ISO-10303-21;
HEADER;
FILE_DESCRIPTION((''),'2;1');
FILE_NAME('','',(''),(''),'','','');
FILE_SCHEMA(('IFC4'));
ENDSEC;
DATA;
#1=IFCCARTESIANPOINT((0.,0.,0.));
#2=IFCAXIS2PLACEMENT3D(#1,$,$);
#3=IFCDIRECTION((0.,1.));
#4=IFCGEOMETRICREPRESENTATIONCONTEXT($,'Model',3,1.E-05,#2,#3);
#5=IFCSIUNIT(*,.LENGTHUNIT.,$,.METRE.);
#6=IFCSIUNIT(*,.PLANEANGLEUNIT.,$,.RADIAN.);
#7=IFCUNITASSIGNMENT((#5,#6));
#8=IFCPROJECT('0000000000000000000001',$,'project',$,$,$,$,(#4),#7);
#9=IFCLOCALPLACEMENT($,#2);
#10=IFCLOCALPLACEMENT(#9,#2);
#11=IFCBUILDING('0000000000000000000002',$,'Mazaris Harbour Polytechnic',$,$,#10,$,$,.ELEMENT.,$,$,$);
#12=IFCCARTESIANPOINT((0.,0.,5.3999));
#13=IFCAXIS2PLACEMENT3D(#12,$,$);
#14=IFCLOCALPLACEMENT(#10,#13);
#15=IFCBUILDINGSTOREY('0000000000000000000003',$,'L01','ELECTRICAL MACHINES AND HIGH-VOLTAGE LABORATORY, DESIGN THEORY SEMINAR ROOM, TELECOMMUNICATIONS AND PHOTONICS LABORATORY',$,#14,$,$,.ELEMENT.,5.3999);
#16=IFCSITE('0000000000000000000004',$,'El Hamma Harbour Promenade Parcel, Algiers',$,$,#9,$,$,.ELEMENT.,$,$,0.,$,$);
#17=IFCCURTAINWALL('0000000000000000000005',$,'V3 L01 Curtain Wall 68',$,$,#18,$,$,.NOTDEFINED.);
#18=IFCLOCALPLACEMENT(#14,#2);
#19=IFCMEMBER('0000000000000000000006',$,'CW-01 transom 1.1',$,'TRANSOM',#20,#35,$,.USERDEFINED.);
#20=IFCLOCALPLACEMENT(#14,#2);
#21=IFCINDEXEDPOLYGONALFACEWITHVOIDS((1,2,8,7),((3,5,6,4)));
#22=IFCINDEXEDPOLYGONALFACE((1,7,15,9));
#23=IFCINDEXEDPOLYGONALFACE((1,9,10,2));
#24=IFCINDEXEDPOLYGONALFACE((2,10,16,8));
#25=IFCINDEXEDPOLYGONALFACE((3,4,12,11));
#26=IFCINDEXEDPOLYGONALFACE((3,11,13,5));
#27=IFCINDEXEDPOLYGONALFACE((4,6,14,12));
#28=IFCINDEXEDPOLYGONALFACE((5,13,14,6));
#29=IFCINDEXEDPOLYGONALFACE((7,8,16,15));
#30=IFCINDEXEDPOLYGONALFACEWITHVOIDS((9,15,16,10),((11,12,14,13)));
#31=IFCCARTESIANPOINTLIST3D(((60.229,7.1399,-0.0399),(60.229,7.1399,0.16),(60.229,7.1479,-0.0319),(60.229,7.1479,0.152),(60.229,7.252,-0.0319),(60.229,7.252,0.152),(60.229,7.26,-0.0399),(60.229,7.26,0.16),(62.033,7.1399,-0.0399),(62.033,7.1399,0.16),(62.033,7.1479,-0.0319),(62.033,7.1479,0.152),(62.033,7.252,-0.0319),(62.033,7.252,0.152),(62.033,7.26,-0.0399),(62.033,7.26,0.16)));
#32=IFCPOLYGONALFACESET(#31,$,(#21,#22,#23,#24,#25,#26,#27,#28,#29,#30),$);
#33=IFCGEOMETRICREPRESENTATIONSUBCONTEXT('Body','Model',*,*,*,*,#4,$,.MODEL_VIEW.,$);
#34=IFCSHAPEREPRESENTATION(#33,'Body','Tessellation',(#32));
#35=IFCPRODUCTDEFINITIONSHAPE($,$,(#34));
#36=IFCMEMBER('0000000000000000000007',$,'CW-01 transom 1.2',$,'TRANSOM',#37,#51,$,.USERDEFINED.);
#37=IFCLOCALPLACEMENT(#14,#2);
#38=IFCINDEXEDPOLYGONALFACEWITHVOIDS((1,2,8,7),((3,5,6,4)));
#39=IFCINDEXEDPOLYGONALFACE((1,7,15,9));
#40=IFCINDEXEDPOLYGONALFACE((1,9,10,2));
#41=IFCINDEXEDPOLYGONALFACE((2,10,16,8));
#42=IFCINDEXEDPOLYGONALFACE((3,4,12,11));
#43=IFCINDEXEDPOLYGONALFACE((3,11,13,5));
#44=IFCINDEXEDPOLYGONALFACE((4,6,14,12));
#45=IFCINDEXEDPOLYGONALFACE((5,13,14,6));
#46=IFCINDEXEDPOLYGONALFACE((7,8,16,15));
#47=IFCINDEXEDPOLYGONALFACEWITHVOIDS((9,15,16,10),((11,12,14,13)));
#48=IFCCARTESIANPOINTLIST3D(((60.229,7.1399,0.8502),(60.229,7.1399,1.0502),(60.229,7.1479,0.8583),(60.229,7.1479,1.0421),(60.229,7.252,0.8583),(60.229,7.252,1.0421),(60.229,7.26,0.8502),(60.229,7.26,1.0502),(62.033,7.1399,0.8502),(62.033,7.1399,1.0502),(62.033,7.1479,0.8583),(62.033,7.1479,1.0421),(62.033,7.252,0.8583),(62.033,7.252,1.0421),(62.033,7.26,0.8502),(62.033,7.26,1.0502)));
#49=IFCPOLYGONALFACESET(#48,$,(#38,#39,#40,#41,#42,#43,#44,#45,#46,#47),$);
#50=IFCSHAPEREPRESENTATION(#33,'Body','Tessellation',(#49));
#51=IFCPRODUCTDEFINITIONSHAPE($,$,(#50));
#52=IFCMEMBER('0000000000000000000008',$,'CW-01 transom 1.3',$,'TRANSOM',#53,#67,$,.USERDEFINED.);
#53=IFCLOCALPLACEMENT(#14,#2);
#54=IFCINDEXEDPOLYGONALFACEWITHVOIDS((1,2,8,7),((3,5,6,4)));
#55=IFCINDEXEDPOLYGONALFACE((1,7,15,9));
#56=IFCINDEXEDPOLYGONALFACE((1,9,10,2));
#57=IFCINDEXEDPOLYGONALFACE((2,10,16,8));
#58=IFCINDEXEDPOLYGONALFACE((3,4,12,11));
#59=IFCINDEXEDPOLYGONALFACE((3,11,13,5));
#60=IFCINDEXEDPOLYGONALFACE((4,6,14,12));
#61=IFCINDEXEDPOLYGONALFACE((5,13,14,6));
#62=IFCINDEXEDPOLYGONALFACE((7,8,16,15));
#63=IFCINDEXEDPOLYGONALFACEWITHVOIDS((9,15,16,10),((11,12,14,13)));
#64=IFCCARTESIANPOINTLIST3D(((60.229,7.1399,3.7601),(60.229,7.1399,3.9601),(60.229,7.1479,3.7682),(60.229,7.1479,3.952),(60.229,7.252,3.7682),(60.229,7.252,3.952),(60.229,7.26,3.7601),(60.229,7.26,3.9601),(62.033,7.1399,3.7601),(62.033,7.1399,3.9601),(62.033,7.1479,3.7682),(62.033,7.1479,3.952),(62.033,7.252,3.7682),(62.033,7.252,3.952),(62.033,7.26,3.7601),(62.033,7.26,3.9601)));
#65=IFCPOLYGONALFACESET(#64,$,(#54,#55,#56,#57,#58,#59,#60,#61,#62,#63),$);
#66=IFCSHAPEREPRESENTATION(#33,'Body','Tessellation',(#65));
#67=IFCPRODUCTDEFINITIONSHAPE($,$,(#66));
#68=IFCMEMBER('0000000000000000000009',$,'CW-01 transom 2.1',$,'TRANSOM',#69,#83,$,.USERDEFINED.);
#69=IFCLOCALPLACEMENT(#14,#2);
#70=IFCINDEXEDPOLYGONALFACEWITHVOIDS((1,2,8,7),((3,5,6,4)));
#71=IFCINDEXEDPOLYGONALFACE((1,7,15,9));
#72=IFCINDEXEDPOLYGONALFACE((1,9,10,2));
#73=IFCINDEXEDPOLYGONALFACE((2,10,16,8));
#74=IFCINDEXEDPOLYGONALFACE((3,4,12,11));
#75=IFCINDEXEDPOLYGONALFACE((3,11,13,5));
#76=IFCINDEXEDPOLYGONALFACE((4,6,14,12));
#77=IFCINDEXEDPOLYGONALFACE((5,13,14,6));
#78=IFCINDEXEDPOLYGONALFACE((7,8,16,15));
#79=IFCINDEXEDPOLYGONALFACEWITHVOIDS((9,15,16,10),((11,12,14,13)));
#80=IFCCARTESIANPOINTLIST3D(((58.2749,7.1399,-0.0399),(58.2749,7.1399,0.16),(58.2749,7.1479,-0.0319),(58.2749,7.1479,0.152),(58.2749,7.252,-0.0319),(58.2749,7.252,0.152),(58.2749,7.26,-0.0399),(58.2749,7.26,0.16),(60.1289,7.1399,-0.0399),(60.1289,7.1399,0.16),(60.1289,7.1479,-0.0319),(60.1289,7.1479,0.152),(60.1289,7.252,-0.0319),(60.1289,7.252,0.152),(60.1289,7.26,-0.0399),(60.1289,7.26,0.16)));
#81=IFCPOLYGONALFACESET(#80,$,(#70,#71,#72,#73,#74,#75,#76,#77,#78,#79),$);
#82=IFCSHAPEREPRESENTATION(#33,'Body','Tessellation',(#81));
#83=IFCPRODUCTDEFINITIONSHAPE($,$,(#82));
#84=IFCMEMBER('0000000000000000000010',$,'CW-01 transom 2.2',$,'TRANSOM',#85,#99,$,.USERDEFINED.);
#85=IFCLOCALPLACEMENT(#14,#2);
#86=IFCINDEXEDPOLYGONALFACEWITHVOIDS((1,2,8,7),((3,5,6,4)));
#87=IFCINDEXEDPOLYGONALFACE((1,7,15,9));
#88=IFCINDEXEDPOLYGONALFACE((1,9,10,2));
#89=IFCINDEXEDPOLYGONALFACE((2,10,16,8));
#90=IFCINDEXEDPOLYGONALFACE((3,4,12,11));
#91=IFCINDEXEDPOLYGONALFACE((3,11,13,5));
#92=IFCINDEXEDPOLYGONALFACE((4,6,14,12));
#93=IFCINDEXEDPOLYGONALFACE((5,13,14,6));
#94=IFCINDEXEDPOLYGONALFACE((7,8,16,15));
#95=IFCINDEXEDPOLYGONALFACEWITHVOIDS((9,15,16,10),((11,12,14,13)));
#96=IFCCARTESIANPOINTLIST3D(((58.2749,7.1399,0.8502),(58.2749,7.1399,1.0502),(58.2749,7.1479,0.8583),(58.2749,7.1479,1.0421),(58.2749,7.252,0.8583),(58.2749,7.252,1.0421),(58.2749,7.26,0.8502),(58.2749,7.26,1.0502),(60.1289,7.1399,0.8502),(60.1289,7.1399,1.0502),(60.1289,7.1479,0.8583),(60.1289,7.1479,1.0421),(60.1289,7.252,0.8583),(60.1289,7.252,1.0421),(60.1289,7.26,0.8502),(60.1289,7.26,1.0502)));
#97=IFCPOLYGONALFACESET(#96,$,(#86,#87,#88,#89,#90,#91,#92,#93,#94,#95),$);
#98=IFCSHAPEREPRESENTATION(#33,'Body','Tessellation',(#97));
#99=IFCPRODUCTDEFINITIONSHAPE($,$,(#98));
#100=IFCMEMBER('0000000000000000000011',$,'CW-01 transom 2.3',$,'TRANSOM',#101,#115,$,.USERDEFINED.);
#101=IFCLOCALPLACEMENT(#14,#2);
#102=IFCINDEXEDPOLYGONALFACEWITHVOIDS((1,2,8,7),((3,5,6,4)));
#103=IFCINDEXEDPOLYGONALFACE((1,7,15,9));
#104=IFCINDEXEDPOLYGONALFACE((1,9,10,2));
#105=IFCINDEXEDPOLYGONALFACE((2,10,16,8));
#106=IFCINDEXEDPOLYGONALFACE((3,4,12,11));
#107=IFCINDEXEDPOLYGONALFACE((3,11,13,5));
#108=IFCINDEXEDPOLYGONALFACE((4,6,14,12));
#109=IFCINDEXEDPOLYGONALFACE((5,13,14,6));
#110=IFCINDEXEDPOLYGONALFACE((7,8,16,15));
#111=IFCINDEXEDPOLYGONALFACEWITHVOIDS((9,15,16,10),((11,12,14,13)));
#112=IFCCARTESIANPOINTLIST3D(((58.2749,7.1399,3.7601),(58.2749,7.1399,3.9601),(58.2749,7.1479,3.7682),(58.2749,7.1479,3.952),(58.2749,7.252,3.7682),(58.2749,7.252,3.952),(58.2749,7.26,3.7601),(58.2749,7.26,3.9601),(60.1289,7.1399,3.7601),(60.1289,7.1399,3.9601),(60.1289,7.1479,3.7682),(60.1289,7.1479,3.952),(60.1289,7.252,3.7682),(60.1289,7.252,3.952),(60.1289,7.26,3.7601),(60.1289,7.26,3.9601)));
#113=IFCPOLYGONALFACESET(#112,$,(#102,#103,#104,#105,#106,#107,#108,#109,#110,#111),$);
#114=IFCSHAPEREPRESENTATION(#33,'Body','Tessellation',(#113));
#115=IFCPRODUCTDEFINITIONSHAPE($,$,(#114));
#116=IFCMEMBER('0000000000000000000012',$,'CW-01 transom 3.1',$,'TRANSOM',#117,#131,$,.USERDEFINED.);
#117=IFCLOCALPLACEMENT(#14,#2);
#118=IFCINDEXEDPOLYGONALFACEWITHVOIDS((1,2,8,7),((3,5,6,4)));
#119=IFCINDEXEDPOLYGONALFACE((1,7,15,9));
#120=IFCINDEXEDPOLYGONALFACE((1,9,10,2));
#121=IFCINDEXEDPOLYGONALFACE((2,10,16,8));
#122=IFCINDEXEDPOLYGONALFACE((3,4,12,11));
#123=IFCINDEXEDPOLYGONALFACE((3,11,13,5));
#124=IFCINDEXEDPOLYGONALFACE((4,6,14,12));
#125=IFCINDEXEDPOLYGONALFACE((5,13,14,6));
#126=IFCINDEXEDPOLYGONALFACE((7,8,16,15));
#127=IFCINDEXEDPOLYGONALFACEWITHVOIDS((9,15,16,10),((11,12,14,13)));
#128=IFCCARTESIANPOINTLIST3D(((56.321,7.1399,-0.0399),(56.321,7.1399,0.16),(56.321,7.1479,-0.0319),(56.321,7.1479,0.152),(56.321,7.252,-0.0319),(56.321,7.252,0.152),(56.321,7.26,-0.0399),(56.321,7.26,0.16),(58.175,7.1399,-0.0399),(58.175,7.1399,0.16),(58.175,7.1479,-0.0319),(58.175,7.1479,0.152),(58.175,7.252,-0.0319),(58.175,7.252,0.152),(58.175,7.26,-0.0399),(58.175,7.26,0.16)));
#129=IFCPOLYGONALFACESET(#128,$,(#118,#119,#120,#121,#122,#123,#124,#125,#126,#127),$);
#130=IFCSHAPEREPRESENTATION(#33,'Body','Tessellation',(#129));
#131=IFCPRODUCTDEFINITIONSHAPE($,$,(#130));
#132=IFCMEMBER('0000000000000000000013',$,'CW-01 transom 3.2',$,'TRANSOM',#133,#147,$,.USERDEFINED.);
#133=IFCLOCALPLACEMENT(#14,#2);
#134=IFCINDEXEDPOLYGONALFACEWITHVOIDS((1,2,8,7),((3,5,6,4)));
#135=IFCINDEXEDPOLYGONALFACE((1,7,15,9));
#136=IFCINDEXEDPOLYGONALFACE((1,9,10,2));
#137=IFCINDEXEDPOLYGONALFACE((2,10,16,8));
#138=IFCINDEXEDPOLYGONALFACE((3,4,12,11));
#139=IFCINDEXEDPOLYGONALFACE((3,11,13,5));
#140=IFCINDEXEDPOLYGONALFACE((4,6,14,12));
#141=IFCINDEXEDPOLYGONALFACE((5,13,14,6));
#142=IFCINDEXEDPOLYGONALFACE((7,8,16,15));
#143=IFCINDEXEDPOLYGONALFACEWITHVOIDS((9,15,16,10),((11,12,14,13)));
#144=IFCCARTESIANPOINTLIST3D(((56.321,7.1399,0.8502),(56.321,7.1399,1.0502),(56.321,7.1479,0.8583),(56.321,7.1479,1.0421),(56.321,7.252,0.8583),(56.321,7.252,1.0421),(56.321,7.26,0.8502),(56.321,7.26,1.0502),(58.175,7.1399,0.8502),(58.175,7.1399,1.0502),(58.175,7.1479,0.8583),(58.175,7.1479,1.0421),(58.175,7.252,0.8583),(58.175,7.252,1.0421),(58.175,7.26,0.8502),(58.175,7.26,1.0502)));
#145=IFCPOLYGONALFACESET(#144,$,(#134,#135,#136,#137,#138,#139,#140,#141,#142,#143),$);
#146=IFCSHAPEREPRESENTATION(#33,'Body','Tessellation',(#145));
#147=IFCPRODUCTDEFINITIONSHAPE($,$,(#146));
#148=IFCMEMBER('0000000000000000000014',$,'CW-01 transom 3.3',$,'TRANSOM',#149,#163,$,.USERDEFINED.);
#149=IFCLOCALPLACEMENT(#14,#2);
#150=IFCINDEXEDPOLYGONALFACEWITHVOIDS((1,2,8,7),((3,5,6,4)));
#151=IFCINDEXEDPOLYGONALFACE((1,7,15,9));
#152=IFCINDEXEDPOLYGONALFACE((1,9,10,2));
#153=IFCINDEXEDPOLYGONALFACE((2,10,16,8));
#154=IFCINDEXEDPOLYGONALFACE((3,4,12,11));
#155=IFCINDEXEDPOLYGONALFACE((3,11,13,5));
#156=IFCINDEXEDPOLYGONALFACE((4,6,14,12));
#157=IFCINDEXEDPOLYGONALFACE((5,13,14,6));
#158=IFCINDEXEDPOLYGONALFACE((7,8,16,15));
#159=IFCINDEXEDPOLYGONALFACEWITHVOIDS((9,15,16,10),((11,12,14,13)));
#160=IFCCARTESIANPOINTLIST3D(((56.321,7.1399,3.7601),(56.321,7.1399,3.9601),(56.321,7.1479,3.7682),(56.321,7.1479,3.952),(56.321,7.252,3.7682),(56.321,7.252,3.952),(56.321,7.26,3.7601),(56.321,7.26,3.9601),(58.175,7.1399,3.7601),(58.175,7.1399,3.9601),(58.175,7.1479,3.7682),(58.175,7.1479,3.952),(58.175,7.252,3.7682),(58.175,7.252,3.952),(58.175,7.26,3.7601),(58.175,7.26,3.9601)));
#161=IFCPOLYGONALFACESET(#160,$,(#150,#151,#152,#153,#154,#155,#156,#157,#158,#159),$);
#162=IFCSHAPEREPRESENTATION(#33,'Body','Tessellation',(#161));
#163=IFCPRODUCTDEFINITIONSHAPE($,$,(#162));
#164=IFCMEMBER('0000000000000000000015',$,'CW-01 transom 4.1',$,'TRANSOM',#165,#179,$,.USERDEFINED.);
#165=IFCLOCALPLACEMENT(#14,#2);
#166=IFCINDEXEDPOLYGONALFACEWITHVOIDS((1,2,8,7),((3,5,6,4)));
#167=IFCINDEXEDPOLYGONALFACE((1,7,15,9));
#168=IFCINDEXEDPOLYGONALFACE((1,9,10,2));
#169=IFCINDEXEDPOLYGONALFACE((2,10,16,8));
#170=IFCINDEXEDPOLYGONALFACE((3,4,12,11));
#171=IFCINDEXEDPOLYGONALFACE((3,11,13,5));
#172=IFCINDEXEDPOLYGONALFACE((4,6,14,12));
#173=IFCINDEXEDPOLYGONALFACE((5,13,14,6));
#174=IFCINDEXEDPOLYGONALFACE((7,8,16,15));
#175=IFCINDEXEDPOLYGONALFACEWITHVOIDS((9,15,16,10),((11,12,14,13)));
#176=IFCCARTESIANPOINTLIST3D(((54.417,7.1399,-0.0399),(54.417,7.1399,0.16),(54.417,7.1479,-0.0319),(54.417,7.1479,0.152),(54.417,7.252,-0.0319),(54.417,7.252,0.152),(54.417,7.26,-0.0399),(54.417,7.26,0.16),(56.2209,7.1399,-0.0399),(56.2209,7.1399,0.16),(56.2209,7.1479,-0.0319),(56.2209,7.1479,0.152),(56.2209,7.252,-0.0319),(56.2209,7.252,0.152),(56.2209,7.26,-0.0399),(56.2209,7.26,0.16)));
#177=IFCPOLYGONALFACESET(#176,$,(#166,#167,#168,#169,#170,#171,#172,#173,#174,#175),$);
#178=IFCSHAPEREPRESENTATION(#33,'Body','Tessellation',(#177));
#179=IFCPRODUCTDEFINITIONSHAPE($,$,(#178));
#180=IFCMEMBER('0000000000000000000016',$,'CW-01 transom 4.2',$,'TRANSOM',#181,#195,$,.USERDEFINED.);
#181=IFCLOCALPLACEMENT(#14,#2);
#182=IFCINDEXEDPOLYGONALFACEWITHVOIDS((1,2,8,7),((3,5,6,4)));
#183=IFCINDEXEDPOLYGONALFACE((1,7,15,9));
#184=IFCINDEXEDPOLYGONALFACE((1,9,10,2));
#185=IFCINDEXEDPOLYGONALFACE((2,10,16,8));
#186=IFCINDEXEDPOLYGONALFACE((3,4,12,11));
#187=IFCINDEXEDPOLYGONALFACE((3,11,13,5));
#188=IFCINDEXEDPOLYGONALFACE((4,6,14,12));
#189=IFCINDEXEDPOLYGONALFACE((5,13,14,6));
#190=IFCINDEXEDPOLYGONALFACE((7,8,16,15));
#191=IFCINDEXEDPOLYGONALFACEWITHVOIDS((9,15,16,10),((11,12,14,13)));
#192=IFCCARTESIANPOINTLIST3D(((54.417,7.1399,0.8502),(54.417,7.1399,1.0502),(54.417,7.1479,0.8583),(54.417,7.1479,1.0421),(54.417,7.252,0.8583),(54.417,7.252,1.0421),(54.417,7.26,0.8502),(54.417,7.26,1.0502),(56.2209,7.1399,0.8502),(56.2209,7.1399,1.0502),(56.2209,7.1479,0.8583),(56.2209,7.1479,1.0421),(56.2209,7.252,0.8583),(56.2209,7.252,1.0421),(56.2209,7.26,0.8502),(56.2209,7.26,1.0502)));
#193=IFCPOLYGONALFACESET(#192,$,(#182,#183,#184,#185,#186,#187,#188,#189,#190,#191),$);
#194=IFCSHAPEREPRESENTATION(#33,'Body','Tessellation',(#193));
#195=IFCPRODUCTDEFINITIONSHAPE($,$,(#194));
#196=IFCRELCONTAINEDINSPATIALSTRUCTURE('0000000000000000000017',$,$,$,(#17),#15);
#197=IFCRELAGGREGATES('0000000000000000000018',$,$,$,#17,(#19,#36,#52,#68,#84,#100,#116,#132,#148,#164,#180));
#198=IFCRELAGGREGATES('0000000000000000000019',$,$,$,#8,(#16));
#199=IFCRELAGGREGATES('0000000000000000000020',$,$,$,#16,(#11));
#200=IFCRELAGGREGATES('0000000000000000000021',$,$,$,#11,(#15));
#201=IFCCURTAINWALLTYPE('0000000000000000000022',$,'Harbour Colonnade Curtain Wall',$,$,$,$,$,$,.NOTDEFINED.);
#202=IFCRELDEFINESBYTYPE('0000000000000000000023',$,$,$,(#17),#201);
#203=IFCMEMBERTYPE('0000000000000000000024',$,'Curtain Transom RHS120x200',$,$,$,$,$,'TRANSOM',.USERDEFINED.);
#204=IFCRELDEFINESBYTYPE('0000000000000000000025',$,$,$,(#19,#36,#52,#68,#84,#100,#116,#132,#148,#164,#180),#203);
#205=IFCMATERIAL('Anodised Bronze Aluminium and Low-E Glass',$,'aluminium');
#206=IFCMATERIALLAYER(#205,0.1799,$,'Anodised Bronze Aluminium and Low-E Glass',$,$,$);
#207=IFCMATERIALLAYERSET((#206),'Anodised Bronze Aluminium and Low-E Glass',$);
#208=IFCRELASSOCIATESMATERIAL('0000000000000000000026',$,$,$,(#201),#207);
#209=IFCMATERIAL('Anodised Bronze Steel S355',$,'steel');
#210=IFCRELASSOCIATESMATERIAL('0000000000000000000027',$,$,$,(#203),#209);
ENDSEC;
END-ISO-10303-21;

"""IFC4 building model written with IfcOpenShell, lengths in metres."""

from ifc_helpers import new_model, si_unit, direction, frame, origin, origin_2d, place, context, subcontext, project, spatial, hollow_rectangle, extrude, material, layer, layer_set, material_profile, profile_set, type_object, element, aggregate, save


model = new_model("IFC4")

# Units and contexts
model_context = context("Model", 3, precision=1e-05, world=origin(), true_north=direction((0.0, 1.0)))
body_context = subcontext(model_context, "Body", "Model", "MODEL_VIEW")
ifc_project = project(units=[si_unit("LENGTHUNIT", "METRE"), si_unit("PLANEANGLEUNIT", "RADIAN")], contexts=[model_context])

# Site, building, storey
site_placement = place(None, origin())
site = spatial("IfcSite", under=ifc_project, at=site_placement, Name="El Hamma Harbour Promenade Parcel, Algiers", CompositionType="ELEMENT", RefElevation=0.0)
building_placement = place(site_placement, origin())
building = spatial("IfcBuilding", under=site, at=building_placement, Name="Mazaris Harbour Polytechnic", CompositionType="ELEMENT")
storey_placement = place(building_placement, frame((0.0, 0.0, 5.3999)))
storey = spatial("IfcBuildingStorey", under=building, at=storey_placement, Name="L01", Description="ELECTRICAL MACHINES AND HIGH-VOLTAGE LABORATORY, DESIGN THEORY SEMINAR ROOM, TELECOMMUNICATIONS AND PHOTONICS LABORATORY", CompositionType="ELEMENT", Elevation=5.3999)

# Curtain wall, members
ifc_material_1 = material(Name="Anodised Bronze Aluminium and Low-E Glass", Category="aluminium")
ifc_layer_1 = layer(ifc_material_1, 0.1799, Name="Anodised Bronze Aluminium and Low-E Glass")
ifc_layer_set_1 = layer_set([ifc_layer_1], Name="Anodised Bronze Aluminium and Low-E Glass")
curtain_wall_type = type_object("IfcCurtainWallType", Name="Harbour Colonnade Curtain Wall", PredefinedType="NOTDEFINED", material=ifc_layer_set_1)
curtain_wall_placement = place(storey_placement, origin())
curtain_wall = element("IfcCurtainWall", 1, at=curtain_wall_placement, inside=storey, type_object=curtain_wall_type, Name="V3 L01 Curtain Wall 68", PredefinedType="NOTDEFINED")
ifc_material_2 = material(Name="Anodised Bronze Steel S355", Category="steel")
ifc_material_profile_1 = material_profile(ifc_material_2, hollow_rectangle(XDim=0.1201, YDim=0.2, WallThickness=0.0081, at=origin_2d()), Name="RHS 120x200x8.0")
ifc_profile_set_1 = profile_set([ifc_material_profile_1], Name="Anodised Bronze Steel S355")
member_type_1 = type_object("IfcMemberType", Name="Curtain Transom RHS120x200", ElementType="TRANSOM", PredefinedType="USERDEFINED", material=ifc_profile_set_1)
member_1_placement = place(storey_placement, frame((62.033, 7.2, 0.0601), z_axis=(-1.0, 0.0, 0.0), x_axis=(0.0, -1.0, 0.0)))
member_1 = element("IfcMember", 2, at=member_1_placement, type_object=member_type_1, Name="CW-01 transom 1.1", ObjectType="TRANSOM", PredefinedType="USERDEFINED", context=body_context, shape_type="SweptSolid", body=[
    extrude(hollow_rectangle(XDim=0.1201, YDim=0.2, WallThickness=0.0081, at=origin_2d()), origin(), (0.0, 0.0, 1.0), 1.804),
])
member_2_placement = place(storey_placement, frame((62.033, 7.2, 0.9502), z_axis=(-1.0, 0.0, 0.0), x_axis=(0.0, -1.0, 0.0)))
member_2 = element("IfcMember", 3, at=member_2_placement, type_object=member_type_1, Name="CW-01 transom 1.2", ObjectType="TRANSOM", PredefinedType="USERDEFINED", context=body_context, shape_type="SweptSolid", body=[
    extrude(hollow_rectangle(XDim=0.1201, YDim=0.2, WallThickness=0.0081, at=origin_2d()), origin(), (0.0, 0.0, 1.0), 1.804),
])
member_3_placement = place(storey_placement, frame((62.033, 7.2, 3.8601), z_axis=(-1.0, 0.0, 0.0), x_axis=(0.0, -1.0, 0.0)))
member_3 = element("IfcMember", 4, at=member_3_placement, type_object=member_type_1, Name="CW-01 transom 1.3", ObjectType="TRANSOM", PredefinedType="USERDEFINED", context=body_context, shape_type="SweptSolid", body=[
    extrude(hollow_rectangle(XDim=0.1201, YDim=0.2, WallThickness=0.0081, at=origin_2d()), origin(), (0.0, 0.0, 1.0), 1.804),
])
member_4_placement = place(storey_placement, frame((60.1289, 7.2, 0.0601), z_axis=(-1.0, 0.0, 0.0), x_axis=(0.0, -1.0, 0.0)))
member_4 = element("IfcMember", 5, at=member_4_placement, type_object=member_type_1, Name="CW-01 transom 2.1", ObjectType="TRANSOM", PredefinedType="USERDEFINED", context=body_context, shape_type="SweptSolid", body=[
    extrude(hollow_rectangle(XDim=0.1201, YDim=0.2, WallThickness=0.0081, at=origin_2d()), origin(), (0.0, 0.0, 1.0), 1.854),
])
member_5_placement = place(storey_placement, frame((60.1289, 7.2, 0.9502), z_axis=(-1.0, 0.0, 0.0), x_axis=(0.0, -1.0, 0.0)))
member_5 = element("IfcMember", 6, at=member_5_placement, type_object=member_type_1, Name="CW-01 transom 2.2", ObjectType="TRANSOM", PredefinedType="USERDEFINED", context=body_context, shape_type="SweptSolid", body=[
    extrude(hollow_rectangle(XDim=0.1201, YDim=0.2, WallThickness=0.0081, at=origin_2d()), origin(), (0.0, 0.0, 1.0), 1.854),
])
member_6_placement = place(storey_placement, frame((60.1289, 7.2, 3.8601), z_axis=(-1.0, 0.0, 0.0), x_axis=(0.0, -1.0, 0.0)))
member_6 = element("IfcMember", 7, at=member_6_placement, type_object=member_type_1, Name="CW-01 transom 2.3", ObjectType="TRANSOM", PredefinedType="USERDEFINED", context=body_context, shape_type="SweptSolid", body=[
    extrude(hollow_rectangle(XDim=0.1201, YDim=0.2, WallThickness=0.0081, at=origin_2d()), origin(), (0.0, 0.0, 1.0), 1.854),
])
member_7_placement = place(storey_placement, frame((58.175, 7.2, 0.0601), z_axis=(-1.0, 0.0, 0.0), x_axis=(0.0, -1.0, 0.0)))
member_7 = element("IfcMember", 8, at=member_7_placement, type_object=member_type_1, Name="CW-01 transom 3.1", ObjectType="TRANSOM", PredefinedType="USERDEFINED", context=body_context, shape_type="SweptSolid", body=[
    extrude(hollow_rectangle(XDim=0.1201, YDim=0.2, WallThickness=0.0081, at=origin_2d()), origin(), (0.0, 0.0, 1.0), 1.854),
])
member_8_placement = place(storey_placement, frame((58.175, 7.2, 0.9502), z_axis=(-1.0, 0.0, 0.0), x_axis=(0.0, -1.0, 0.0)))
member_8 = element("IfcMember", 9, at=member_8_placement, type_object=member_type_1, Name="CW-01 transom 3.2", ObjectType="TRANSOM", PredefinedType="USERDEFINED", context=body_context, shape_type="SweptSolid", body=[
    extrude(hollow_rectangle(XDim=0.1201, YDim=0.2, WallThickness=0.0081, at=origin_2d()), origin(), (0.0, 0.0, 1.0), 1.854),
])
member_9_placement = place(storey_placement, frame((58.175, 7.2, 3.8601), z_axis=(-1.0, 0.0, 0.0), x_axis=(0.0, -1.0, 0.0)))
member_9 = element("IfcMember", 10, at=member_9_placement, type_object=member_type_1, Name="CW-01 transom 3.3", ObjectType="TRANSOM", PredefinedType="USERDEFINED", context=body_context, shape_type="SweptSolid", body=[
    extrude(hollow_rectangle(XDim=0.1201, YDim=0.2, WallThickness=0.0081, at=origin_2d()), origin(), (0.0, 0.0, 1.0), 1.854),
])
member_10_placement = place(storey_placement, frame((56.2209, 7.2, 0.0601), z_axis=(-1.0, 0.0, 0.0), x_axis=(0.0, -1.0, 0.0)))
member_10 = element("IfcMember", 11, at=member_10_placement, type_object=member_type_1, Name="CW-01 transom 4.1", ObjectType="TRANSOM", PredefinedType="USERDEFINED", context=body_context, shape_type="SweptSolid", body=[
    extrude(hollow_rectangle(XDim=0.1201, YDim=0.2, WallThickness=0.0081, at=origin_2d()), origin(), (0.0, 0.0, 1.0), 1.804),
])
member_11_placement = place(storey_placement, frame((56.2209, 7.2, 0.9502), z_axis=(-1.0, 0.0, 0.0), x_axis=(0.0, -1.0, 0.0)))
member_11 = element("IfcMember", 12, at=member_11_placement, type_object=member_type_1, Name="CW-01 transom 4.2", ObjectType="TRANSOM", PredefinedType="USERDEFINED", context=body_context, shape_type="SweptSolid", body=[
    extrude(hollow_rectangle(XDim=0.1201, YDim=0.2, WallThickness=0.0081, at=origin_2d()), origin(), (0.0, 0.0, 1.0), 1.804),
])

aggregate(curtain_wall, [member_1, member_2, member_3, member_4, member_5, member_6, member_7, member_8, member_9, member_10, member_11])

save(model, "model.ifc")
